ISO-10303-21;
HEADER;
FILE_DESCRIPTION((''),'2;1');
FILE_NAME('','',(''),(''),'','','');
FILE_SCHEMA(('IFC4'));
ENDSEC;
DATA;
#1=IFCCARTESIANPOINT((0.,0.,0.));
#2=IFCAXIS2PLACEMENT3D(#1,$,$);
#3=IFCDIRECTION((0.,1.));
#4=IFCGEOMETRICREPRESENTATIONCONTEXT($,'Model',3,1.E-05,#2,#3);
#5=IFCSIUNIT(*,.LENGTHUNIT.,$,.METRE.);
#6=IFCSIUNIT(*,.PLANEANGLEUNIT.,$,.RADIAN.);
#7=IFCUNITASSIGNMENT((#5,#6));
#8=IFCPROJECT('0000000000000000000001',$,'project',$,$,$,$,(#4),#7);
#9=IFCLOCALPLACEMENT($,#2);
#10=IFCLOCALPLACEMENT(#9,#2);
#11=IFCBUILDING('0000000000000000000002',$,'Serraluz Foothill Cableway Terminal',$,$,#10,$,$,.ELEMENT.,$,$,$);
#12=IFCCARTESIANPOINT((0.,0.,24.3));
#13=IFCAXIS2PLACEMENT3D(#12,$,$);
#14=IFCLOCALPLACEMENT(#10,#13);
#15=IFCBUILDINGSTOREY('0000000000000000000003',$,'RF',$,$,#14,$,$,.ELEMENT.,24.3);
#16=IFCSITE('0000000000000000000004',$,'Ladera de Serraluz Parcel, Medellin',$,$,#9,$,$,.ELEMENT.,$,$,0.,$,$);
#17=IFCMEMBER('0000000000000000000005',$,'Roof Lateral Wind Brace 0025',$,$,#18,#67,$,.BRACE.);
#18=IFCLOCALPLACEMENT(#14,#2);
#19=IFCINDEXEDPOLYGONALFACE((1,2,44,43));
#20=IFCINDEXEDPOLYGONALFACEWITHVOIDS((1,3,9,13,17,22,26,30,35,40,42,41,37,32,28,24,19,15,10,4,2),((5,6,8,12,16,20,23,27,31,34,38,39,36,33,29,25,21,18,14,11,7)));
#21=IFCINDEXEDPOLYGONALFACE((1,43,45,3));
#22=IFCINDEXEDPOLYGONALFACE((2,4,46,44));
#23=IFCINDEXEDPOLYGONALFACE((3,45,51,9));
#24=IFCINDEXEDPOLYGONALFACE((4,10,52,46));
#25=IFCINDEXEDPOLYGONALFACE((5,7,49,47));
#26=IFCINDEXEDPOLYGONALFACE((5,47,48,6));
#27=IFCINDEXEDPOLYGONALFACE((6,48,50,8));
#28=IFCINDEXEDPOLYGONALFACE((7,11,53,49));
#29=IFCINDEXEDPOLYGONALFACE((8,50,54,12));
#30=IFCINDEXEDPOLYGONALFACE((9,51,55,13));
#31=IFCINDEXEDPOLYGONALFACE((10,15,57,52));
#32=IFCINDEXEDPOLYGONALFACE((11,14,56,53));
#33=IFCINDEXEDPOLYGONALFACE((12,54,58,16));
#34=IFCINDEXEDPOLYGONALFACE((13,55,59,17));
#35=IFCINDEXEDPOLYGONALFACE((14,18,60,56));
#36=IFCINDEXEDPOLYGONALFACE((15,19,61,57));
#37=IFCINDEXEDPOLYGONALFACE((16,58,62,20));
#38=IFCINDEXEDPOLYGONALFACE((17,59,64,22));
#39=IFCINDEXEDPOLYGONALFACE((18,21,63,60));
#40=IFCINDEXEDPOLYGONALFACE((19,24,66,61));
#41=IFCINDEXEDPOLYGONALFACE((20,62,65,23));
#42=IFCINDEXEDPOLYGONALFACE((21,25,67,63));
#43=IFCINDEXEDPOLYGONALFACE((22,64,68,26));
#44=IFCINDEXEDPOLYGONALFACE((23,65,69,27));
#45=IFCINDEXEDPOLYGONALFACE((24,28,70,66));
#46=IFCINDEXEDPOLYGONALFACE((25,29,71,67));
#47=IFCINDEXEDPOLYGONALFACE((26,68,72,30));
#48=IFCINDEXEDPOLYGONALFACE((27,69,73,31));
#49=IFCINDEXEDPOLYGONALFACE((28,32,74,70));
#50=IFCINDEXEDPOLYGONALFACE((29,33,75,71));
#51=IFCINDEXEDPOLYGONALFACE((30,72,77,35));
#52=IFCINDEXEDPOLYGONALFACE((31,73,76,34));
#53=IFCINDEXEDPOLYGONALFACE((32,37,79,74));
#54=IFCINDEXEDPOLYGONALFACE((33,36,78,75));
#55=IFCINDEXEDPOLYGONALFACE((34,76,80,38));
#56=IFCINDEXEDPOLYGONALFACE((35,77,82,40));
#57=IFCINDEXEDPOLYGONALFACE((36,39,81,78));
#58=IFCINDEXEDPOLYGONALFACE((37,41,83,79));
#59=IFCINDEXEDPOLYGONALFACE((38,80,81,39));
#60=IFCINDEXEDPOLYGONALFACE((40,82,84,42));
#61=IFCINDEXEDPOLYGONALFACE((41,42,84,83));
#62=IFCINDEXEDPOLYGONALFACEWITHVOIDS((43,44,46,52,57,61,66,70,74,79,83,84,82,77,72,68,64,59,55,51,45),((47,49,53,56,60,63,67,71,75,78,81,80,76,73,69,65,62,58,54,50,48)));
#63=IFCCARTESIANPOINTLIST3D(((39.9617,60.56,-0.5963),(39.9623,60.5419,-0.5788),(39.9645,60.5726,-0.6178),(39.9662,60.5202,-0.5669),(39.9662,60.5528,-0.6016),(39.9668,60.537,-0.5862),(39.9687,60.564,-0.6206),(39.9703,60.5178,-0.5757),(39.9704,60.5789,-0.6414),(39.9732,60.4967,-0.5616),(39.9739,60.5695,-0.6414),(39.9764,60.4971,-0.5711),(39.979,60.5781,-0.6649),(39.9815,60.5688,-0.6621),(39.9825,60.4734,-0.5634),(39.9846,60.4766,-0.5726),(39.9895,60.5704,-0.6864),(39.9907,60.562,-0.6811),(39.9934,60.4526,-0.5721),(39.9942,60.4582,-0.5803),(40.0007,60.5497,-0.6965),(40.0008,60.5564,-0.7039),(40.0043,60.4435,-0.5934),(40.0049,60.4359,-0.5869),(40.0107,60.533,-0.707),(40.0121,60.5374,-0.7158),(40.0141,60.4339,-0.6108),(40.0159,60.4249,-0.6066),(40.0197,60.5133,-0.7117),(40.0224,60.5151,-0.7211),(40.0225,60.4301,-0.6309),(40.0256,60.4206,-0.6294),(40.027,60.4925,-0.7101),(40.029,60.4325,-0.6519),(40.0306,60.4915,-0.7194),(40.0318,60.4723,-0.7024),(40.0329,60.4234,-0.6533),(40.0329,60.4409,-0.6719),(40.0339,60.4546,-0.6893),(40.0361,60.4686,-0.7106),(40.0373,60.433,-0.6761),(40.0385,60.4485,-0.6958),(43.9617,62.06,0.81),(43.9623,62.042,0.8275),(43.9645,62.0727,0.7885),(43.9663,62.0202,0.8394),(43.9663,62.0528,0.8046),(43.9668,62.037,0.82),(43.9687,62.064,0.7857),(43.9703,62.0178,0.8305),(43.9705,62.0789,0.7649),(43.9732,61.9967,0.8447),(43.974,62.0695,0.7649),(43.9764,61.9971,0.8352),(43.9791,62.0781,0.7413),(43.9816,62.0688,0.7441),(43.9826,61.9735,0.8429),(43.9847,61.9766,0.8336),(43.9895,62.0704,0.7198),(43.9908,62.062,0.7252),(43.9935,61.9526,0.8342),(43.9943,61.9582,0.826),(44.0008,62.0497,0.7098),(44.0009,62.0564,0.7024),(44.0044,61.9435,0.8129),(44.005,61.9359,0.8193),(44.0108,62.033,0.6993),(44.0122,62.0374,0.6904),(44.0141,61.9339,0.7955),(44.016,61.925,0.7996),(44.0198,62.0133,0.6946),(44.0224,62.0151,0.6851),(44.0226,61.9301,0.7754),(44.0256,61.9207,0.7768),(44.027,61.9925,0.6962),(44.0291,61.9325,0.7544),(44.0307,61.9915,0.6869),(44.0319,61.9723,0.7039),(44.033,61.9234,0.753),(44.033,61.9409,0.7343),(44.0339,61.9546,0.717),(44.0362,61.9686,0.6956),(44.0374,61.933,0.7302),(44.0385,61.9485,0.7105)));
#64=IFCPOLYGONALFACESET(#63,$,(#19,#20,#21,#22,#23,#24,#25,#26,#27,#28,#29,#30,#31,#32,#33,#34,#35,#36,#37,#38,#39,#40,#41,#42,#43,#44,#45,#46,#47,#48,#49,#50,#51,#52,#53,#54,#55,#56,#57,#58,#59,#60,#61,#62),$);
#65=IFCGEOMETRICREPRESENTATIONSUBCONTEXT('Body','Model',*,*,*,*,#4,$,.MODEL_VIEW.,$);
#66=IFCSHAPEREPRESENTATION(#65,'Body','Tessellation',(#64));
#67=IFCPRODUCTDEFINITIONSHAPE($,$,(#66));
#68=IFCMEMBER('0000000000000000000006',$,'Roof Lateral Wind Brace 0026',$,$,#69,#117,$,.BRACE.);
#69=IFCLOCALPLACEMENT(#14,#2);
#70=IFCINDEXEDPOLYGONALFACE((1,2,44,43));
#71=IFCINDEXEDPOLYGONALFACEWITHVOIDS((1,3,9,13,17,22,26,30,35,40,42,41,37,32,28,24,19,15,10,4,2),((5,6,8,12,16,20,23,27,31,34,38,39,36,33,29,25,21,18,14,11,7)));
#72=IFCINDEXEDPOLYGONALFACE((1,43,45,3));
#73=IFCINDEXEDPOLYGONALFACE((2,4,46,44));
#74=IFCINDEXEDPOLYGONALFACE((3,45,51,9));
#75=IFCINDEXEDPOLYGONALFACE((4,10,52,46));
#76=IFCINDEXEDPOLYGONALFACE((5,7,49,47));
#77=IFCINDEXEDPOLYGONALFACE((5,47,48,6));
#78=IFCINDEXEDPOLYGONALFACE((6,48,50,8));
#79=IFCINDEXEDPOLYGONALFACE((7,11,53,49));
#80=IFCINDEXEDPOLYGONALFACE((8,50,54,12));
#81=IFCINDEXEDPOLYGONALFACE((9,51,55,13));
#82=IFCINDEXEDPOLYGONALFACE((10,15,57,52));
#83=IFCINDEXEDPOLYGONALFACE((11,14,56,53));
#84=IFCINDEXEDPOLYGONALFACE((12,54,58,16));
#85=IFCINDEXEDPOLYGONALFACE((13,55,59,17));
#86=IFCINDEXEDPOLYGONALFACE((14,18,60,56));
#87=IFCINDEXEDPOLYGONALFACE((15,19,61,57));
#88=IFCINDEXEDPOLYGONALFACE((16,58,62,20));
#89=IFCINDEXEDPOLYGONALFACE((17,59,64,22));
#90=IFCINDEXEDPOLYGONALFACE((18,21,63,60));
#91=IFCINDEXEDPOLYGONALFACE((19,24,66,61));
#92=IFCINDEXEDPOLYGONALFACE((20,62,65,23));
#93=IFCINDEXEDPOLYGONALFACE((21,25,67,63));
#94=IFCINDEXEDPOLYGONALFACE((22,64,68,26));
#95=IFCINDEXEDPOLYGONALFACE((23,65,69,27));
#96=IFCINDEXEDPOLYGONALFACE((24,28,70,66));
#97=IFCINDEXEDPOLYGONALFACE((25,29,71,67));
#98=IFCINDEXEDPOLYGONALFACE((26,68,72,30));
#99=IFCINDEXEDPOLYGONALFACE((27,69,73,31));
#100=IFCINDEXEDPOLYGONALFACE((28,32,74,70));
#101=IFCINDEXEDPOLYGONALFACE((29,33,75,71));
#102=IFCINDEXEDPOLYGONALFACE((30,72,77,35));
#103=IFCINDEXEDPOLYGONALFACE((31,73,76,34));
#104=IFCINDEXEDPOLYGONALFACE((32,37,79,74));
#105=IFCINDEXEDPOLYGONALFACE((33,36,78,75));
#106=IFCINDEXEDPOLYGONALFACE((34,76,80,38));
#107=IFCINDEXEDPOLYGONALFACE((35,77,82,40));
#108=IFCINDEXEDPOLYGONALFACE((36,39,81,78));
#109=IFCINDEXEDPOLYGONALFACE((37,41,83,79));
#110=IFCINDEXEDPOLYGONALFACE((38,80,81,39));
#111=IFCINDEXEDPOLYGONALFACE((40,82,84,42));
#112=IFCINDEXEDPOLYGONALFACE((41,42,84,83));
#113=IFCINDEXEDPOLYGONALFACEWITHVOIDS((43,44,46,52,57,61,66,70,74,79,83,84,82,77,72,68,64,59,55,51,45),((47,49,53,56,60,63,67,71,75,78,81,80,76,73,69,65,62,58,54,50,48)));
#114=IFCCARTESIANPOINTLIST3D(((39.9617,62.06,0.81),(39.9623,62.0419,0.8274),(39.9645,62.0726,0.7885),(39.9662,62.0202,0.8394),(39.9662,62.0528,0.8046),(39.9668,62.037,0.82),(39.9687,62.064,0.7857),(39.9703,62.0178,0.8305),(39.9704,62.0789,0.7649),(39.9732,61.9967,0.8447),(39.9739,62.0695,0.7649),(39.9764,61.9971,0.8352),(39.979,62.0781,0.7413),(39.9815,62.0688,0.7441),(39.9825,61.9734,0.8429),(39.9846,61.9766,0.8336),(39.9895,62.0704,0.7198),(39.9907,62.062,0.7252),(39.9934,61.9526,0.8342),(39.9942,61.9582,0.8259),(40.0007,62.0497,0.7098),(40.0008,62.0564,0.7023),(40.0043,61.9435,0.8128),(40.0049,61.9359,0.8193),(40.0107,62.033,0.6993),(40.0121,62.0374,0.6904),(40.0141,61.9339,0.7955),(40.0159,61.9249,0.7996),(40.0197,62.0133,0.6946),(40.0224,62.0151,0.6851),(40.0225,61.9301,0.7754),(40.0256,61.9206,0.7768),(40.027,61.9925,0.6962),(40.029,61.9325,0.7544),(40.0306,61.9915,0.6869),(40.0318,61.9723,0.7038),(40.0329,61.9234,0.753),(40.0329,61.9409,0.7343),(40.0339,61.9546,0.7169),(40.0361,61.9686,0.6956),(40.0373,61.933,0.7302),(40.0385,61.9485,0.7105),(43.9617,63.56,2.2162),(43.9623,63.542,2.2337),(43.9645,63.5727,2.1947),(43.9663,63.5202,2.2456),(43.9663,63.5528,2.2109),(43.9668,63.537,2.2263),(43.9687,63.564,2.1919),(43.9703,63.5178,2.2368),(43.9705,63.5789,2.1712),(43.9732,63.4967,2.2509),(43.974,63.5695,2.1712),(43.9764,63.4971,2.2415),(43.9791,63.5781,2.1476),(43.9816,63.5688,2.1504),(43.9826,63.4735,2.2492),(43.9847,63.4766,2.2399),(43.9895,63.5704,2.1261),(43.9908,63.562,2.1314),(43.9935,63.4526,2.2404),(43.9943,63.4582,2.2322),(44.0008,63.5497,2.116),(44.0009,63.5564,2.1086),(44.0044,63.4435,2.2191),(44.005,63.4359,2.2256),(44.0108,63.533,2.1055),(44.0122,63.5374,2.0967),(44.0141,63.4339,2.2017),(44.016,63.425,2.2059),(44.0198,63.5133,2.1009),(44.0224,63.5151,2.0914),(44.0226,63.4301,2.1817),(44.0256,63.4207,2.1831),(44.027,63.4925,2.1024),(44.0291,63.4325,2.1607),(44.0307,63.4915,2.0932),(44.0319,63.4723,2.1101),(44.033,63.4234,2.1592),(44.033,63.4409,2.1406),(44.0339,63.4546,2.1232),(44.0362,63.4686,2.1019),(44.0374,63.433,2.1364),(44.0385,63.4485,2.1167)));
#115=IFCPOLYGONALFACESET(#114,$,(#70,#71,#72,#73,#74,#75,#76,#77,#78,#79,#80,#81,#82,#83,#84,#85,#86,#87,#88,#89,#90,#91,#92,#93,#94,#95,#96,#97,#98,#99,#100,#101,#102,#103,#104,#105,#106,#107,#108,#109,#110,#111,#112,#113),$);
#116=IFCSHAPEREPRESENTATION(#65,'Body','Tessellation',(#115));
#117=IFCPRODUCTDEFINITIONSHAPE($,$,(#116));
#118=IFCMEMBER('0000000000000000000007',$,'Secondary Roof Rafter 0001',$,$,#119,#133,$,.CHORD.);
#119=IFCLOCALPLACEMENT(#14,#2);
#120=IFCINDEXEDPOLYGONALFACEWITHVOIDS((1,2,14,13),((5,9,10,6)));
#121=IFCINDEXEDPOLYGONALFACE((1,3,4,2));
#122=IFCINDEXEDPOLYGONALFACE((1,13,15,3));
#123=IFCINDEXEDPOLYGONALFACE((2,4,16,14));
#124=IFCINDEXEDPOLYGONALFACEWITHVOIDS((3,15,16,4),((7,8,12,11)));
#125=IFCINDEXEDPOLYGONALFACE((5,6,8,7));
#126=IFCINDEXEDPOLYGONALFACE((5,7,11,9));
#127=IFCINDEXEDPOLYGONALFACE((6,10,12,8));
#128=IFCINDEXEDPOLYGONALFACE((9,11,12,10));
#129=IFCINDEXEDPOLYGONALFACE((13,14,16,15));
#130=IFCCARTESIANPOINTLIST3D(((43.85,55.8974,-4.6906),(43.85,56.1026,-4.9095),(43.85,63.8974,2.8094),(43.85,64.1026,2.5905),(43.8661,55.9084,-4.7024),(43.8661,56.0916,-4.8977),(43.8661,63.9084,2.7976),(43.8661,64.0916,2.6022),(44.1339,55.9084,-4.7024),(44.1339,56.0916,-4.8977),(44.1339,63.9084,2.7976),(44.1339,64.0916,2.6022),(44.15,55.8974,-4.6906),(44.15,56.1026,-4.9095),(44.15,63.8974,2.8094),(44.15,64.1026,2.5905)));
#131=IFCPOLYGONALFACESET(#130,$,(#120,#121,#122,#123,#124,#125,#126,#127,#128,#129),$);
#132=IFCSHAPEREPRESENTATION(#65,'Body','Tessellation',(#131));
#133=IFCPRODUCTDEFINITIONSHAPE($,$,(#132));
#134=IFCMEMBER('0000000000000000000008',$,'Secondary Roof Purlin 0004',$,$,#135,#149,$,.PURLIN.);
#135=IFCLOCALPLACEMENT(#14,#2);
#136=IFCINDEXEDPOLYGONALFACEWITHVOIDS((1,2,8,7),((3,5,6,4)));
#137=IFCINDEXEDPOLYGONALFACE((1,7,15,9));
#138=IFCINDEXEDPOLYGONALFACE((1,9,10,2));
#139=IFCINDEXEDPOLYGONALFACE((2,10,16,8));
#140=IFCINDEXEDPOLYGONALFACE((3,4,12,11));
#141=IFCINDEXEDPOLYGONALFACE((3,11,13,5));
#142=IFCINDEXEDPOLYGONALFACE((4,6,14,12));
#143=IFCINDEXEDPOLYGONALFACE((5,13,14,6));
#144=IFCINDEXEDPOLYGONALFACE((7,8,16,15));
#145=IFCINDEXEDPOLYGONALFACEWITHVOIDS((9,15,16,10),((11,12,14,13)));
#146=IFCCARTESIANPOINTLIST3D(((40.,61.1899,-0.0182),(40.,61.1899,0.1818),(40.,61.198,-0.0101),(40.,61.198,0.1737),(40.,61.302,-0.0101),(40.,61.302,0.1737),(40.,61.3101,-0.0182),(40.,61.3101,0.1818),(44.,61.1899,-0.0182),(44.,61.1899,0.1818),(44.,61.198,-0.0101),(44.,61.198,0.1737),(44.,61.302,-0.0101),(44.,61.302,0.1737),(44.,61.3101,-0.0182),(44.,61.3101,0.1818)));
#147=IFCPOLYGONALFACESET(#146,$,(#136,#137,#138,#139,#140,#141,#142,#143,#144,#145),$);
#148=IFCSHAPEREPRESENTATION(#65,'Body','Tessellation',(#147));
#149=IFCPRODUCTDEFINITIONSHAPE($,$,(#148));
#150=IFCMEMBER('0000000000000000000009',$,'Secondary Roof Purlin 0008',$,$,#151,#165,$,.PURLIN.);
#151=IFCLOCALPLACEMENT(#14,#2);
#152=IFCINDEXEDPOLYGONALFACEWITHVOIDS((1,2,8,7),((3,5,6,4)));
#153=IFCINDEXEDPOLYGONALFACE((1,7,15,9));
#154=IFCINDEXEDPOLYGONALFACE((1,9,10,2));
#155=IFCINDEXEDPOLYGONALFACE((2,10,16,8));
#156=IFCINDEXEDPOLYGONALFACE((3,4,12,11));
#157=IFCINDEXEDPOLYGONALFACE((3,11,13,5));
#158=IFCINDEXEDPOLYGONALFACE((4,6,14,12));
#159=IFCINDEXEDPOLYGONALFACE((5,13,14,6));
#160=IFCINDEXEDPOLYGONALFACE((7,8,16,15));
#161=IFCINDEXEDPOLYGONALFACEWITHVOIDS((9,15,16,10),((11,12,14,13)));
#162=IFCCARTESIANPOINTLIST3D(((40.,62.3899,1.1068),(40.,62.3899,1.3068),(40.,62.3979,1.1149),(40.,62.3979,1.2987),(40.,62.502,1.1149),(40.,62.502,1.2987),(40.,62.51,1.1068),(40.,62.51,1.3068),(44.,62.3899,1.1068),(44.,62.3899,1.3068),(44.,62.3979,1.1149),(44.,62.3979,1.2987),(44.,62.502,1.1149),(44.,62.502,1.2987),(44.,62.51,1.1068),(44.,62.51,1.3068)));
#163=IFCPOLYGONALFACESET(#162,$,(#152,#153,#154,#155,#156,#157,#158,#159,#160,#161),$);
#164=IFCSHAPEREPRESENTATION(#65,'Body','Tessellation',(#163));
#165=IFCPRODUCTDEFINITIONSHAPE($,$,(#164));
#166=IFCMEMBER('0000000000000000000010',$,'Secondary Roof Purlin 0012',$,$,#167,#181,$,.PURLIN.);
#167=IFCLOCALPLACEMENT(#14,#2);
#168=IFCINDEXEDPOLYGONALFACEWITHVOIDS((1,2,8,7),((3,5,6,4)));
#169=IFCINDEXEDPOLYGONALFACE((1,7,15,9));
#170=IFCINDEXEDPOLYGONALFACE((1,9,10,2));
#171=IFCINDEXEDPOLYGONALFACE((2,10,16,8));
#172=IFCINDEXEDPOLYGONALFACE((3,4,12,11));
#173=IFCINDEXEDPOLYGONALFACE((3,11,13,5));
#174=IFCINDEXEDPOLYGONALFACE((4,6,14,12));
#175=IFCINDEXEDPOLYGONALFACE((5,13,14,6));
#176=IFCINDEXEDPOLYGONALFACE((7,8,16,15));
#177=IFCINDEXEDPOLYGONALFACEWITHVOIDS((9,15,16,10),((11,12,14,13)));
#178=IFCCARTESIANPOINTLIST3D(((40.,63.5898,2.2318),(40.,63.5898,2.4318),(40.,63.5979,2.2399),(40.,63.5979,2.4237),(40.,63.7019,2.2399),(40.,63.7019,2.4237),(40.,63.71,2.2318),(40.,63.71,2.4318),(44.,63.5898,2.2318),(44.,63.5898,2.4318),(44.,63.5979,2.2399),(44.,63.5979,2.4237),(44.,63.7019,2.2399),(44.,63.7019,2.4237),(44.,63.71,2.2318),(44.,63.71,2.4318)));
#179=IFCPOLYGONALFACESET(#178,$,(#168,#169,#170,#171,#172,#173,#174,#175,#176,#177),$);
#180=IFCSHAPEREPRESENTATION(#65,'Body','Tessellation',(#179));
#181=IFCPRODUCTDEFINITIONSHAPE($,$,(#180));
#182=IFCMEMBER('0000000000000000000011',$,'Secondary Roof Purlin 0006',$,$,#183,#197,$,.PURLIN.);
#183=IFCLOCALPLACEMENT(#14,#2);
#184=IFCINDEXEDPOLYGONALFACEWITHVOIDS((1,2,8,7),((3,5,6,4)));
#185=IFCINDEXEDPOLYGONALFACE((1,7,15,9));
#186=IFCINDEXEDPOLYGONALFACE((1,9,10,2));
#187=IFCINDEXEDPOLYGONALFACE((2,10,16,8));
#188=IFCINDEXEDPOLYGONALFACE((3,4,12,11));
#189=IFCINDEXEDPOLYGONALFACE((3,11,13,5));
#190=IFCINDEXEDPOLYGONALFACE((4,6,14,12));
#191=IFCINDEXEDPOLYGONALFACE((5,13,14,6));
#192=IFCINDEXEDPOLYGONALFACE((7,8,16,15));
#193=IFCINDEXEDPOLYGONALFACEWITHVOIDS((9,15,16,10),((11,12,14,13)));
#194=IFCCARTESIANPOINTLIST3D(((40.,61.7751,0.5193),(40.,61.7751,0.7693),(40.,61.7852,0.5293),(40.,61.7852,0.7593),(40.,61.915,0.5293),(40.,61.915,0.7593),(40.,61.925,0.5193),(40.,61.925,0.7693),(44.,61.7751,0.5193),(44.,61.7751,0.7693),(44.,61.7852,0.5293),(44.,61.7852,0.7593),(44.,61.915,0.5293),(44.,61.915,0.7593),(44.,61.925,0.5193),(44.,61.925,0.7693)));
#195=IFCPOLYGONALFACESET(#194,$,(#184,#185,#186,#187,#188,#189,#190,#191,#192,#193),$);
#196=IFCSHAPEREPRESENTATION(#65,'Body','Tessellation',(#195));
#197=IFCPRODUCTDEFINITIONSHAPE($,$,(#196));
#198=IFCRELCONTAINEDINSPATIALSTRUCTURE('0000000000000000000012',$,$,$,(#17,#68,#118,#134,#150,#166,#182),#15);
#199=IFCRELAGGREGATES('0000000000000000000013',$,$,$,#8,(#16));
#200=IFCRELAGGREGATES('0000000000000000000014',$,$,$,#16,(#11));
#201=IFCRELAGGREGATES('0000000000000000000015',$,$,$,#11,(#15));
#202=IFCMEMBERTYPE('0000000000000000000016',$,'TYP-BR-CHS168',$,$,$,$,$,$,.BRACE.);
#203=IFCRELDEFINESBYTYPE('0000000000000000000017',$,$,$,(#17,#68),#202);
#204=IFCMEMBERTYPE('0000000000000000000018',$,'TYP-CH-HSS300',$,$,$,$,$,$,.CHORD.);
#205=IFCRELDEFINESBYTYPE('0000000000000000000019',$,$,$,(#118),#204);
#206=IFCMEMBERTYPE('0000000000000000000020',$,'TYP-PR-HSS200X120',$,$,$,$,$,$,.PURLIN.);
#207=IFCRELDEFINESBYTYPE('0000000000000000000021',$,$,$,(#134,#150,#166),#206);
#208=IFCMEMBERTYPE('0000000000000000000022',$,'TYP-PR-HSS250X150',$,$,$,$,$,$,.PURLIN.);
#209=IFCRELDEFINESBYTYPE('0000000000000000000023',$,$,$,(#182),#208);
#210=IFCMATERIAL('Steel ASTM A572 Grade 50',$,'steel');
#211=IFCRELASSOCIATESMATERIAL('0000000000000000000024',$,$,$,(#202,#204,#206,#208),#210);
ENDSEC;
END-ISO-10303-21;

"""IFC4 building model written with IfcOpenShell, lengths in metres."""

from ifc_helpers import new_model, si_unit, direction, frame, origin, origin_2d, place, context, subcontext, project, spatial, hollow_rectangle, hollow_circle, extrude, material, material_profile, profile_set, type_object, element, save


model = new_model("IFC4")

# Units and contexts
model_context = context("Model", 3, precision=1e-05, world=origin(), true_north=direction((0.0, 1.0)))
body_context = subcontext(model_context, "Body", "Model", "MODEL_VIEW")
ifc_project = project(units=[si_unit("LENGTHUNIT", "METRE"), si_unit("PLANEANGLEUNIT", "RADIAN")], contexts=[model_context])

# Site, building, storey
site_placement = place(None, origin())
site = spatial("IfcSite", under=ifc_project, at=site_placement, Name="Ladera de Serraluz Parcel, Medellin", CompositionType="ELEMENT", RefElevation=0.0)
building_placement = place(site_placement, origin())
building = spatial("IfcBuilding", under=site, at=building_placement, Name="Serraluz Foothill Cableway Terminal", CompositionType="ELEMENT")
storey_placement = place(building_placement, frame((0.0, 0.0, 24.3)))
storey = spatial("IfcBuildingStorey", under=building, at=storey_placement, Name="RF", CompositionType="ELEMENT", Elevation=24.3)

# Members
ifc_material_1 = material(Name="Steel ASTM A572 Grade 50", Category="steel")
ifc_material_profile_1 = material_profile(ifc_material_1, hollow_circle(Radius=0.0842, WallThickness=0.01, at=origin_2d()), Name="CHS168X10")
ifc_profile_set_1 = profile_set([ifc_material_profile_1], Name="Steel ASTM A572 Grade 50")
member_type_1 = type_object("IfcMemberType", Name="TYP-BR-CHS168", PredefinedType="BRACE", material=ifc_profile_set_1)
for number, where, z_axis, x_axis, name in (
    (1, (40.0, 60.5, -0.6414), (0.889382, 0.333518, 0.312673), (-0.351123, 0.936329, 0.0), "Roof Lateral Wind Brace 0025"),
    (2, (40.0, 62.0, 0.7649), (0.889382, 0.333518, 0.312673), (-0.351123, 0.936329, 0.0), "Roof Lateral Wind Brace 0026"),
):
    element("IfcMember", number, at=place(storey_placement, frame(where, z_axis=z_axis, x_axis=x_axis)), inside=storey, type_object=member_type_1, Name=name, PredefinedType="BRACE", context=body_context, shape_type="SweptSolid", body=[
        extrude(hollow_circle(Radius=0.0842, WallThickness=0.01, at=origin_2d()), origin(), (0.0, 0.0, 1.0), 4.4976),
    ])
ifc_material_profile_2 = material_profile(ifc_material_1, hollow_rectangle(XDim=0.3, YDim=0.3, WallThickness=0.0161, at=origin_2d()), Name="HSS300X300X16")
ifc_profile_set_2 = profile_set([ifc_material_profile_2], Name="Steel ASTM A572 Grade 50")
member_type_2 = type_object("IfcMemberType", Name="TYP-CH-HSS300", PredefinedType="CHORD", material=ifc_profile_set_2)
member_placement = place(storey_placement, frame((44.0, 56.0, -4.8), z_axis=(0.0, 0.729537, 0.683941), x_axis=(-1.0, 0.0, 0.0)))
element("IfcMember", 3, at=member_placement, inside=storey, type_object=member_type_2, Name="Secondary Roof Rafter 0001", PredefinedType="CHORD", context=body_context, shape_type="SweptSolid", body=[
    extrude(hollow_rectangle(XDim=0.3, YDim=0.3, WallThickness=0.0161, at=origin_2d()), origin(), (0.0, 0.0, 1.0), 10.9658),
])
ifc_material_profile_3 = material_profile(ifc_material_1, hollow_rectangle(XDim=0.1201, YDim=0.2, WallThickness=0.0081, at=origin_2d()), Name="HSS200X120X8")
ifc_profile_set_3 = profile_set([ifc_material_profile_3], Name="Steel ASTM A572 Grade 50")
member_type_3 = type_object("IfcMemberType", Name="TYP-PR-HSS200X120", PredefinedType="PURLIN", material=ifc_profile_set_3)
for number, where, z_axis, x_axis, name in (
    (4, (40.0, 61.25, 0.0818), (1.0, 0.0, 0.0), (0.0, 1.0, 0.0), "Secondary Roof Purlin 0004"),
    (5, (40.0, 62.45, 1.2068), (1.0, 0.0, 0.0), (0.0, 1.0, 0.0), "Secondary Roof Purlin 0008"),
    (6, (40.0, 63.6499, 2.3318), (1.0, 0.0, 0.0), (0.0, 1.0, 0.0), "Secondary Roof Purlin 0012"),
):
    element("IfcMember", number, at=place(storey_placement, frame(where, z_axis=z_axis, x_axis=x_axis)), inside=storey, type_object=member_type_3, Name=name, PredefinedType="PURLIN", context=body_context, shape_type="SweptSolid", body=[
        extrude(hollow_rectangle(XDim=0.1201, YDim=0.2, WallThickness=0.0081, at=origin_2d()), origin(), (0.0, 0.0, 1.0), 4.0),
    ])
ifc_material_profile_4 = material_profile(ifc_material_1, hollow_rectangle(XDim=0.1499, YDim=0.25, WallThickness=0.01, at=origin_2d()), Name="HSS250X150X10")
ifc_profile_set_4 = profile_set([ifc_material_profile_4], Name="Steel ASTM A572 Grade 50")
member_type_4 = type_object("IfcMemberType", Name="TYP-PR-HSS250X150", PredefinedType="PURLIN", material=ifc_profile_set_4)
for number, where, z_axis, x_axis, name in (
    (7, (40.0, 61.8501, 0.6443), (1.0, 0.0, 0.0), (0.0, 1.0, 0.0), "Secondary Roof Purlin 0006"),
):
    element("IfcMember", number, at=place(storey_placement, frame(where, z_axis=z_axis, x_axis=x_axis)), inside=storey, type_object=member_type_4, Name=name, PredefinedType="PURLIN", context=body_context, shape_type="SweptSolid", body=[
        extrude(hollow_rectangle(XDim=0.1499, YDim=0.25, WallThickness=0.01, at=origin_2d()), origin(), (0.0, 0.0, 1.0), 4.0),
    ])

save(model, "model.ifc")
